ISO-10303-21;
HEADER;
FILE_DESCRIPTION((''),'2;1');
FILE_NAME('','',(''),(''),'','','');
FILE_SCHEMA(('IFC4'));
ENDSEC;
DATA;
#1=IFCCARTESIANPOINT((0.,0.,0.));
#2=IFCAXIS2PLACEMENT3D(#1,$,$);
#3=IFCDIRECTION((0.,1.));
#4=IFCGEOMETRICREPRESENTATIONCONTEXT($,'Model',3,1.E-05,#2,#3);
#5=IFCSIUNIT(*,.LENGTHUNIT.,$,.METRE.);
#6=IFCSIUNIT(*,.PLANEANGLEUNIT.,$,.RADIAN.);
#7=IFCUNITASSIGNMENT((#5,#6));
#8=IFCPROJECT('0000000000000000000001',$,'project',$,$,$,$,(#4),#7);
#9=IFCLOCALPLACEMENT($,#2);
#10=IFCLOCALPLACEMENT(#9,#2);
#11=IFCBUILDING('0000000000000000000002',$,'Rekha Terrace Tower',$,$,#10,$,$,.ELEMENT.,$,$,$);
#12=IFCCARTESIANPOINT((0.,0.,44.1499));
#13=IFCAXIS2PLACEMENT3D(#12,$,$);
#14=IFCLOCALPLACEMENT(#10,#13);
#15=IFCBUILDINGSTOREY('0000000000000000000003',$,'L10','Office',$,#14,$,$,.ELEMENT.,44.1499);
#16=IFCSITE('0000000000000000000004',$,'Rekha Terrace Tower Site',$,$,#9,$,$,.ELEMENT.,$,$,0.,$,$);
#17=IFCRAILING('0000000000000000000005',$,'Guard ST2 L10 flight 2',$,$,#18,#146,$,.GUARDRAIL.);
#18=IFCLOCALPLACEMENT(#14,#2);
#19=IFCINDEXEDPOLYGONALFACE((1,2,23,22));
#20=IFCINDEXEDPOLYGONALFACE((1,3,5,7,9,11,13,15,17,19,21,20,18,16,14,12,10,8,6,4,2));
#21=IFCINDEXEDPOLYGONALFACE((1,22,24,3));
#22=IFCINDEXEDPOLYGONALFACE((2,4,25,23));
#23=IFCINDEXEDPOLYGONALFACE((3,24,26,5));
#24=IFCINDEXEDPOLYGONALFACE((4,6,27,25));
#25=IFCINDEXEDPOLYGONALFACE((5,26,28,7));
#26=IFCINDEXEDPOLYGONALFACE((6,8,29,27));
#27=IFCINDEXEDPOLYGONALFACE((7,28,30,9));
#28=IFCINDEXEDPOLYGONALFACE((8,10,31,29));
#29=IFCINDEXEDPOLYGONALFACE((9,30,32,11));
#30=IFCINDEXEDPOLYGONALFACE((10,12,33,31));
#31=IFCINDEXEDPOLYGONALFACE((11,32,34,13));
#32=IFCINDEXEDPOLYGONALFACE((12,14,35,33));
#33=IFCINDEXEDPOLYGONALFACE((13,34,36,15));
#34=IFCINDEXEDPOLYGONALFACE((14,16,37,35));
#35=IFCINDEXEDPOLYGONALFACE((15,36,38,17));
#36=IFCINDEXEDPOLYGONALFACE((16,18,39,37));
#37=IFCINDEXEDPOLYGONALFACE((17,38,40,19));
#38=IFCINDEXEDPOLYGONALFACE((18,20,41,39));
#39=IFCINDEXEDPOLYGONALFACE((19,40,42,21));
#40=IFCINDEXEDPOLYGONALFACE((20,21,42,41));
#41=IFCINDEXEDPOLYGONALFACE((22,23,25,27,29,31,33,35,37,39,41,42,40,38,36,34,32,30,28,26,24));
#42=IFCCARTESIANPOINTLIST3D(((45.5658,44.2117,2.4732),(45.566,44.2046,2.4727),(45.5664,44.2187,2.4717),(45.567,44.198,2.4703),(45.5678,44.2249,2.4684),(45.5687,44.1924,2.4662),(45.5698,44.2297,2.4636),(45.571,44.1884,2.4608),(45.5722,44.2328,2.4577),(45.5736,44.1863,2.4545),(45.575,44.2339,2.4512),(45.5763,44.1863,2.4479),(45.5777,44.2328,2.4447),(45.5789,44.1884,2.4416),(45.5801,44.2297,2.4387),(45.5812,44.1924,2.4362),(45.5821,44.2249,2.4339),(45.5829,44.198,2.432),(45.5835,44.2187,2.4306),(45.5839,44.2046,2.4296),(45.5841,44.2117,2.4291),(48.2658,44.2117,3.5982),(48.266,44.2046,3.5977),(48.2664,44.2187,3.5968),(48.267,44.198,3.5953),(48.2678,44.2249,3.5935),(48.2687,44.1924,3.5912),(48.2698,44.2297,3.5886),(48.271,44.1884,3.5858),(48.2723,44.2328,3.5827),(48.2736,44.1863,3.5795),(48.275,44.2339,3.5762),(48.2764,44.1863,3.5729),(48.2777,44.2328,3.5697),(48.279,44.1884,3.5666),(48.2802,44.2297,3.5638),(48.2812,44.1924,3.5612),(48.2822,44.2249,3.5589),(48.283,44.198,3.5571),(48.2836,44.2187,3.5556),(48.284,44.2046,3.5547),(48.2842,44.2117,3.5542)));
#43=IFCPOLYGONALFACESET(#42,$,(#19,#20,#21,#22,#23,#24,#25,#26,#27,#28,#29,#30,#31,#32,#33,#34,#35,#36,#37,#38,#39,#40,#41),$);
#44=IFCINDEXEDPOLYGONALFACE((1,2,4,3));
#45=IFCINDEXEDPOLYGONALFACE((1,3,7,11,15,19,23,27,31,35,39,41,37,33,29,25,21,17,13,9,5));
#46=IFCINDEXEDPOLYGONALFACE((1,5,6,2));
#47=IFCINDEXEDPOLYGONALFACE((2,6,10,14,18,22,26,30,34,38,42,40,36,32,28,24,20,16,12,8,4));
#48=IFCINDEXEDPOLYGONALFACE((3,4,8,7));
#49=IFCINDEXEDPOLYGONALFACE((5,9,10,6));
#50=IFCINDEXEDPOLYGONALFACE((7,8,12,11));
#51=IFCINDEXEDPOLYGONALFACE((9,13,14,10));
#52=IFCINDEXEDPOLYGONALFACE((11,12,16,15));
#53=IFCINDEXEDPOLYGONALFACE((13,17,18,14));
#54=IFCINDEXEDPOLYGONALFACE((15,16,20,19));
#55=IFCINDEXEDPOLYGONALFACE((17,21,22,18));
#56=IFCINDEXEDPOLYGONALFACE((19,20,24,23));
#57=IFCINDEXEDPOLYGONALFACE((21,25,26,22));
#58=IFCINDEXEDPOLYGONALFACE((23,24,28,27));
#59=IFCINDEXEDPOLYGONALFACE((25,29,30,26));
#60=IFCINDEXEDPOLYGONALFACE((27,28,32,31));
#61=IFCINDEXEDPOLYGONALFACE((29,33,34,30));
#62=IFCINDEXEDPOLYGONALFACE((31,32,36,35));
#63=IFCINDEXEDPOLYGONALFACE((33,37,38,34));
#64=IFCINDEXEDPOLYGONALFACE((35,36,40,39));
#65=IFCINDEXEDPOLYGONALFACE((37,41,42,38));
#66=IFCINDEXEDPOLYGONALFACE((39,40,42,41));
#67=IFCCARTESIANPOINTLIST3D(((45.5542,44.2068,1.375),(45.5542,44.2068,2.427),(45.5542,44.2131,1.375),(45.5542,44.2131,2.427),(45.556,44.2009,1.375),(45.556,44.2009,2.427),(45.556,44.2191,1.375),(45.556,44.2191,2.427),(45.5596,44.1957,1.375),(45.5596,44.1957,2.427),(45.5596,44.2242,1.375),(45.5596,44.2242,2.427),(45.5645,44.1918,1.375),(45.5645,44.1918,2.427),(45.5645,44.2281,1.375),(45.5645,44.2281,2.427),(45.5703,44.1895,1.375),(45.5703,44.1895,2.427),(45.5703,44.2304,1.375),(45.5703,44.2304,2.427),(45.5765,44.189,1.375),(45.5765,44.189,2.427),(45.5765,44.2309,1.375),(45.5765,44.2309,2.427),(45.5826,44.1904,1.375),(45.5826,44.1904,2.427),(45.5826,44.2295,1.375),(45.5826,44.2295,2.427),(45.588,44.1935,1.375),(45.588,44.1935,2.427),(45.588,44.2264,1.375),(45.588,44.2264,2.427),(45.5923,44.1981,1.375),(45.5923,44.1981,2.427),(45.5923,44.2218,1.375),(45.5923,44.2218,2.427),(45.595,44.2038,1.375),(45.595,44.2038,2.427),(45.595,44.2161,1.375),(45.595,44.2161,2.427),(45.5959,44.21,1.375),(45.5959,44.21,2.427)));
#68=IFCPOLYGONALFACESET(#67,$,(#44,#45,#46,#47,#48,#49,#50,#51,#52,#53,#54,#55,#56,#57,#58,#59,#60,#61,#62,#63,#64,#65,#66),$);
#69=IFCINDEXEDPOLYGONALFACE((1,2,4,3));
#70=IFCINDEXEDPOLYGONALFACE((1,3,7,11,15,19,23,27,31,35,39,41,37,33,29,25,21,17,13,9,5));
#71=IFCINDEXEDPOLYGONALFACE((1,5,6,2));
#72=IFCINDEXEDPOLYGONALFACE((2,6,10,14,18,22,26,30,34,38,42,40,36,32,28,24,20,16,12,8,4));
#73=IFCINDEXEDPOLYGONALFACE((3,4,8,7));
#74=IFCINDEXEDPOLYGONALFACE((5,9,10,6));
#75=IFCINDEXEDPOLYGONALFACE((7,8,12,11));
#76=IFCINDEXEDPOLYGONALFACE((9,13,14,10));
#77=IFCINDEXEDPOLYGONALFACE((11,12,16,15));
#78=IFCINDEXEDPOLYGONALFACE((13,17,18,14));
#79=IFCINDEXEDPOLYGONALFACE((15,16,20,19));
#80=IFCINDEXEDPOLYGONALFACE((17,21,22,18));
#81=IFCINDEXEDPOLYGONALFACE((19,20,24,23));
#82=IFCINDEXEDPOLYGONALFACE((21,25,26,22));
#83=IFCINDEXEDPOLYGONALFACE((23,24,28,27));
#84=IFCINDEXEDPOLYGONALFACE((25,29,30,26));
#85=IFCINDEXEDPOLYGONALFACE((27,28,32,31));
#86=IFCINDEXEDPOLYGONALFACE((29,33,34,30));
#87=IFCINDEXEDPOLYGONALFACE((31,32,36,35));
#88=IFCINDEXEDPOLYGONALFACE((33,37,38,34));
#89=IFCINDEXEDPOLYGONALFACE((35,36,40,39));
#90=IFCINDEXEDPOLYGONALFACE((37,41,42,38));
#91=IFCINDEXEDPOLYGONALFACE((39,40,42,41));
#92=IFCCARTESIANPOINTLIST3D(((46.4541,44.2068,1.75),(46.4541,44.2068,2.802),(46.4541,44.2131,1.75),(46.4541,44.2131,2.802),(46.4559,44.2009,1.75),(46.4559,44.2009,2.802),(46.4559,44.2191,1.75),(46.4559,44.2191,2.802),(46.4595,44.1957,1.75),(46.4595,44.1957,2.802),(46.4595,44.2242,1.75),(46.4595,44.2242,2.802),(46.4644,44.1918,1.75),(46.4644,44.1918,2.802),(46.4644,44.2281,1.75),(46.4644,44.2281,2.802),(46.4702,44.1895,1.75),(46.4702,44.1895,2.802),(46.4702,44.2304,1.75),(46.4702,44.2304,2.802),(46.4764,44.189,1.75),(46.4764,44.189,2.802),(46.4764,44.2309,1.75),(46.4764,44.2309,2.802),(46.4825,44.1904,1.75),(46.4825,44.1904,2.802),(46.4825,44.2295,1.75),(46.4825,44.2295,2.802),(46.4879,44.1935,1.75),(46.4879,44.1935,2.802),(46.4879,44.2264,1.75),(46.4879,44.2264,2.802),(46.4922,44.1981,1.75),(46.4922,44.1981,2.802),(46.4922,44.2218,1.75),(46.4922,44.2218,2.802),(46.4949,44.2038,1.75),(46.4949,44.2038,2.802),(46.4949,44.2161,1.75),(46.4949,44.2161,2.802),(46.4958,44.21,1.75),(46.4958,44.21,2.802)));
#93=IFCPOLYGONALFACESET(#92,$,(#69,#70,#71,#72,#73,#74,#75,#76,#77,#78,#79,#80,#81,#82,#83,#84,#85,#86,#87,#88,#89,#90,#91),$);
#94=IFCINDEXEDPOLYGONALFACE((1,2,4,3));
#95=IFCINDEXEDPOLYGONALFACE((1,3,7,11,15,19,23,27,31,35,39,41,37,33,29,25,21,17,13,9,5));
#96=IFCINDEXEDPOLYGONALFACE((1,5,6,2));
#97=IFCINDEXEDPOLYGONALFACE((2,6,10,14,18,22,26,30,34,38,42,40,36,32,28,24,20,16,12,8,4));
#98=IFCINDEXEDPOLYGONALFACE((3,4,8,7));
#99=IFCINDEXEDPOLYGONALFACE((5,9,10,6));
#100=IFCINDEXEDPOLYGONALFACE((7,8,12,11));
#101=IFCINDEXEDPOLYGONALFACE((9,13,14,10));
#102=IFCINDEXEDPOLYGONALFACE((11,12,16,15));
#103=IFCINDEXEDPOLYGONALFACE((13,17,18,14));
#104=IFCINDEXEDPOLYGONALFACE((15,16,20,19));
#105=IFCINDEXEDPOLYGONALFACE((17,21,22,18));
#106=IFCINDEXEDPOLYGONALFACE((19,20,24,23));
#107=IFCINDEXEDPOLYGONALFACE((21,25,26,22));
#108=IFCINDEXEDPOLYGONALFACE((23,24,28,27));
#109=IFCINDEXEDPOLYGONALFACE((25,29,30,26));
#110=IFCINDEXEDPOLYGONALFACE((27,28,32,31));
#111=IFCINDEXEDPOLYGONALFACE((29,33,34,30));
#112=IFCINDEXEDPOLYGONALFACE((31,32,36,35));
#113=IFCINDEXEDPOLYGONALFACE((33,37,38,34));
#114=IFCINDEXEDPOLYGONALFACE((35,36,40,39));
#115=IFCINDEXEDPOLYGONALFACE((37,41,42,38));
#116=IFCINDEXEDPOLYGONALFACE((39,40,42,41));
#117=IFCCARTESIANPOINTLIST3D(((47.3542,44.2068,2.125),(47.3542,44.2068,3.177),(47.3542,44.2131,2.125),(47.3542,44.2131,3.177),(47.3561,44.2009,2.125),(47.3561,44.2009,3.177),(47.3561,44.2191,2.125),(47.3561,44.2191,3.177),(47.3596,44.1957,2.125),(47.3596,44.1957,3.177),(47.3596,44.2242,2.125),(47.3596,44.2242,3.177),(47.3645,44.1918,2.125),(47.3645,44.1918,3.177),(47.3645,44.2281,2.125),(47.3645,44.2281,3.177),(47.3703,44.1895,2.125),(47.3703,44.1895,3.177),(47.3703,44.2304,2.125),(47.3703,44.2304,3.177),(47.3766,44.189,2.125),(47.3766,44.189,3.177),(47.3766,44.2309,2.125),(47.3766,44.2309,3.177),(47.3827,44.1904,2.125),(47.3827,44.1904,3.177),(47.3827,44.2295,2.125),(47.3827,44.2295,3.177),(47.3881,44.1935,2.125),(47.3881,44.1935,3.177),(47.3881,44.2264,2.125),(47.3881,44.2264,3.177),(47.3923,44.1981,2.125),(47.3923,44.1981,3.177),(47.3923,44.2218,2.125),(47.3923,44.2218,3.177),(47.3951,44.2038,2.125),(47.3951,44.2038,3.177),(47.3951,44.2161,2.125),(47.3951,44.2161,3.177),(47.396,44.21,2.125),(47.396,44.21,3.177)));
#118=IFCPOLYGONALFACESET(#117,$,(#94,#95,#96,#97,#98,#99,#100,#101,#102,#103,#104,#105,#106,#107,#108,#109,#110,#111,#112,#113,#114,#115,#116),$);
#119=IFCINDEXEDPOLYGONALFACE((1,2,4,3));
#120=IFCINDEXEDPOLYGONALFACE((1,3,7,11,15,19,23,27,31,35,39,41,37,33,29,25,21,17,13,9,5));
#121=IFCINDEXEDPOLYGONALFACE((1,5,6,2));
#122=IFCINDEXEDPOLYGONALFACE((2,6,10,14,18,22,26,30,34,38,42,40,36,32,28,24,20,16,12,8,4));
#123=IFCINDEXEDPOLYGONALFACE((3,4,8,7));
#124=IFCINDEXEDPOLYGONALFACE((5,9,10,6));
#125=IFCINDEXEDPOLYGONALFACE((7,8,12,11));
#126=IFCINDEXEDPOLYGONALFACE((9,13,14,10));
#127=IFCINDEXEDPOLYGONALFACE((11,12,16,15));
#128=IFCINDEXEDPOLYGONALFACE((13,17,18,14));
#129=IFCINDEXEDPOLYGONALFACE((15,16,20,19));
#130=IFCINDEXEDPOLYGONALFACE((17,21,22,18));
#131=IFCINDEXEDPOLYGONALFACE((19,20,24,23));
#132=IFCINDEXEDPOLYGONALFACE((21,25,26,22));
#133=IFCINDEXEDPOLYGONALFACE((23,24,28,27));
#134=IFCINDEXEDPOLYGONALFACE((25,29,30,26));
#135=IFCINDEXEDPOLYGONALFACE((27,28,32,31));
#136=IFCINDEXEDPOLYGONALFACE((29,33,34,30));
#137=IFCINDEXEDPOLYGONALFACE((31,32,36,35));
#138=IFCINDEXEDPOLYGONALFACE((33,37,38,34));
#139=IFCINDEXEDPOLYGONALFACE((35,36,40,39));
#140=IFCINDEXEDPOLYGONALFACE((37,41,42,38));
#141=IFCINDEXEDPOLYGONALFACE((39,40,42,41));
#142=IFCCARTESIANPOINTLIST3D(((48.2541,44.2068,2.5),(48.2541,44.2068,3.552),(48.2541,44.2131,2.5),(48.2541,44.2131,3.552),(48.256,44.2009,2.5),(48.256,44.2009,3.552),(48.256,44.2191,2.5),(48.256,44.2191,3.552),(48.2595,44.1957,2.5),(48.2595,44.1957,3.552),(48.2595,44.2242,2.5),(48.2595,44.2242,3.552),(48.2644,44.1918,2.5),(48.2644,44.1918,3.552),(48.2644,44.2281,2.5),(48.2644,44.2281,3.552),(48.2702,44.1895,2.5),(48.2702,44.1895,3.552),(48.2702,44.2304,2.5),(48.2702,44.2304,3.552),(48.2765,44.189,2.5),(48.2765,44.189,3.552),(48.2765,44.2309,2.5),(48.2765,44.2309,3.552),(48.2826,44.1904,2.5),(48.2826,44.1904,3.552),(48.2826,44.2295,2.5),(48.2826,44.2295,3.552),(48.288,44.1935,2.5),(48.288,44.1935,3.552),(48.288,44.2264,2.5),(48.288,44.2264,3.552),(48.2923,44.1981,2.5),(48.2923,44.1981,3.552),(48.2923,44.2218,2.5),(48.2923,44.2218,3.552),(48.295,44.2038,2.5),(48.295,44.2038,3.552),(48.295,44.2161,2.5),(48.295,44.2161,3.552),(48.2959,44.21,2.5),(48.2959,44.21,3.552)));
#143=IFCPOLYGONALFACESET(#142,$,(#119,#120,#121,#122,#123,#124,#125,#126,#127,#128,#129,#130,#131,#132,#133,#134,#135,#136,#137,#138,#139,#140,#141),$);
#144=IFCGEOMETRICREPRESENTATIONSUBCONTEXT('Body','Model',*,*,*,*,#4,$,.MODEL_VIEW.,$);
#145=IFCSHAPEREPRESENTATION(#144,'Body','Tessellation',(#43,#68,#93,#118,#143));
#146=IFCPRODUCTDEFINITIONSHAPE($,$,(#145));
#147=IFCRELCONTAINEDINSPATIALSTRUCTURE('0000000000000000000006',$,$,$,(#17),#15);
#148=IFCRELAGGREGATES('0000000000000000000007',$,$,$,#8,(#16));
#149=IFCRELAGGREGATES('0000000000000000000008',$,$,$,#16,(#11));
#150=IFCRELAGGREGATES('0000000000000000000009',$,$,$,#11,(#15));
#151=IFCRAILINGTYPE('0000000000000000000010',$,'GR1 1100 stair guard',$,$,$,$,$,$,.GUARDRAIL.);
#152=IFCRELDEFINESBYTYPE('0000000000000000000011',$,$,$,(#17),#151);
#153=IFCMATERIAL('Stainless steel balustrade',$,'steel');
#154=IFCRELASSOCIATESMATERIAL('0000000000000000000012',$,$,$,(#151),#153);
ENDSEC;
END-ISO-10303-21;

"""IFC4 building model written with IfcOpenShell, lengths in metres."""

from ifc_helpers import new_model, si_unit, direction, frame, origin, origin_2d, place, context, subcontext, project, spatial, circle, extrude, material, type_object, element, save


model = new_model("IFC4")

# Units and contexts
model_context = context("Model", 3, precision=1e-05, world=origin(), true_north=direction((0.0, 1.0)))
body_context = subcontext(model_context, "Body", "Model", "MODEL_VIEW")
ifc_project = project(units=[si_unit("LENGTHUNIT", "METRE"), si_unit("PLANEANGLEUNIT", "RADIAN")], contexts=[model_context])

# Site, building, storey
site_placement = place(None, origin())
site = spatial("IfcSite", under=ifc_project, at=site_placement, Name="Rekha Terrace Tower Site", CompositionType="ELEMENT", RefElevation=0.0)
building_placement = place(site_placement, origin())
building = spatial("IfcBuilding", under=site, at=building_placement, Name="Rekha Terrace Tower", CompositionType="ELEMENT")
storey_placement = place(building_placement, frame((0.0, 0.0, 44.1499)))
storey = spatial("IfcBuildingStorey", under=building, at=storey_placement, Name="L10", Description="Office", CompositionType="ELEMENT", Elevation=44.1499)

# Railing
ifc_material_1 = material(Name="Stainless steel balustrade", Category="steel")
railing_type_1 = type_object("IfcRailingType", Name="GR1 1100 stair guard", PredefinedType="GUARDRAIL", material=ifc_material_1)
railing_1_placement = place(storey_placement, frame((45.575, 44.21, 1.375)))
element("IfcRailing", 1, at=railing_1_placement, inside=storey, type_object=railing_type_1, Name="Guard ST2 L10 flight 2", PredefinedType="GUARDRAIL", context=body_context, shape_type="SweptSolid", body=[
    extrude(circle(Radius=0.0239, at=origin_2d()), frame((0.0, 0.0, 1.0762), z_axis=(0.923074, 0.0, 0.384621), x_axis=(0.0, 1.0, 0.0)), (0.0, 0.0, 1.0), 2.925),
    extrude(circle(Radius=0.021, at=origin_2d()), origin(), (0.0, 0.0, 1.0), 1.052),
    extrude(circle(Radius=0.021, at=origin_2d()), frame((0.8999, 0.0, 0.375)), (0.0, 0.0, 1.0), 1.052),
    extrude(circle(Radius=0.021, at=origin_2d()), frame((1.8, 0.0, 0.75)), (0.0, 0.0, 1.0), 1.052),
    extrude(circle(Radius=0.021, at=origin_2d()), frame((2.7, 0.0, 1.125)), (0.0, 0.0, 1.0), 1.052),
])

save(model, "model.ifc")
